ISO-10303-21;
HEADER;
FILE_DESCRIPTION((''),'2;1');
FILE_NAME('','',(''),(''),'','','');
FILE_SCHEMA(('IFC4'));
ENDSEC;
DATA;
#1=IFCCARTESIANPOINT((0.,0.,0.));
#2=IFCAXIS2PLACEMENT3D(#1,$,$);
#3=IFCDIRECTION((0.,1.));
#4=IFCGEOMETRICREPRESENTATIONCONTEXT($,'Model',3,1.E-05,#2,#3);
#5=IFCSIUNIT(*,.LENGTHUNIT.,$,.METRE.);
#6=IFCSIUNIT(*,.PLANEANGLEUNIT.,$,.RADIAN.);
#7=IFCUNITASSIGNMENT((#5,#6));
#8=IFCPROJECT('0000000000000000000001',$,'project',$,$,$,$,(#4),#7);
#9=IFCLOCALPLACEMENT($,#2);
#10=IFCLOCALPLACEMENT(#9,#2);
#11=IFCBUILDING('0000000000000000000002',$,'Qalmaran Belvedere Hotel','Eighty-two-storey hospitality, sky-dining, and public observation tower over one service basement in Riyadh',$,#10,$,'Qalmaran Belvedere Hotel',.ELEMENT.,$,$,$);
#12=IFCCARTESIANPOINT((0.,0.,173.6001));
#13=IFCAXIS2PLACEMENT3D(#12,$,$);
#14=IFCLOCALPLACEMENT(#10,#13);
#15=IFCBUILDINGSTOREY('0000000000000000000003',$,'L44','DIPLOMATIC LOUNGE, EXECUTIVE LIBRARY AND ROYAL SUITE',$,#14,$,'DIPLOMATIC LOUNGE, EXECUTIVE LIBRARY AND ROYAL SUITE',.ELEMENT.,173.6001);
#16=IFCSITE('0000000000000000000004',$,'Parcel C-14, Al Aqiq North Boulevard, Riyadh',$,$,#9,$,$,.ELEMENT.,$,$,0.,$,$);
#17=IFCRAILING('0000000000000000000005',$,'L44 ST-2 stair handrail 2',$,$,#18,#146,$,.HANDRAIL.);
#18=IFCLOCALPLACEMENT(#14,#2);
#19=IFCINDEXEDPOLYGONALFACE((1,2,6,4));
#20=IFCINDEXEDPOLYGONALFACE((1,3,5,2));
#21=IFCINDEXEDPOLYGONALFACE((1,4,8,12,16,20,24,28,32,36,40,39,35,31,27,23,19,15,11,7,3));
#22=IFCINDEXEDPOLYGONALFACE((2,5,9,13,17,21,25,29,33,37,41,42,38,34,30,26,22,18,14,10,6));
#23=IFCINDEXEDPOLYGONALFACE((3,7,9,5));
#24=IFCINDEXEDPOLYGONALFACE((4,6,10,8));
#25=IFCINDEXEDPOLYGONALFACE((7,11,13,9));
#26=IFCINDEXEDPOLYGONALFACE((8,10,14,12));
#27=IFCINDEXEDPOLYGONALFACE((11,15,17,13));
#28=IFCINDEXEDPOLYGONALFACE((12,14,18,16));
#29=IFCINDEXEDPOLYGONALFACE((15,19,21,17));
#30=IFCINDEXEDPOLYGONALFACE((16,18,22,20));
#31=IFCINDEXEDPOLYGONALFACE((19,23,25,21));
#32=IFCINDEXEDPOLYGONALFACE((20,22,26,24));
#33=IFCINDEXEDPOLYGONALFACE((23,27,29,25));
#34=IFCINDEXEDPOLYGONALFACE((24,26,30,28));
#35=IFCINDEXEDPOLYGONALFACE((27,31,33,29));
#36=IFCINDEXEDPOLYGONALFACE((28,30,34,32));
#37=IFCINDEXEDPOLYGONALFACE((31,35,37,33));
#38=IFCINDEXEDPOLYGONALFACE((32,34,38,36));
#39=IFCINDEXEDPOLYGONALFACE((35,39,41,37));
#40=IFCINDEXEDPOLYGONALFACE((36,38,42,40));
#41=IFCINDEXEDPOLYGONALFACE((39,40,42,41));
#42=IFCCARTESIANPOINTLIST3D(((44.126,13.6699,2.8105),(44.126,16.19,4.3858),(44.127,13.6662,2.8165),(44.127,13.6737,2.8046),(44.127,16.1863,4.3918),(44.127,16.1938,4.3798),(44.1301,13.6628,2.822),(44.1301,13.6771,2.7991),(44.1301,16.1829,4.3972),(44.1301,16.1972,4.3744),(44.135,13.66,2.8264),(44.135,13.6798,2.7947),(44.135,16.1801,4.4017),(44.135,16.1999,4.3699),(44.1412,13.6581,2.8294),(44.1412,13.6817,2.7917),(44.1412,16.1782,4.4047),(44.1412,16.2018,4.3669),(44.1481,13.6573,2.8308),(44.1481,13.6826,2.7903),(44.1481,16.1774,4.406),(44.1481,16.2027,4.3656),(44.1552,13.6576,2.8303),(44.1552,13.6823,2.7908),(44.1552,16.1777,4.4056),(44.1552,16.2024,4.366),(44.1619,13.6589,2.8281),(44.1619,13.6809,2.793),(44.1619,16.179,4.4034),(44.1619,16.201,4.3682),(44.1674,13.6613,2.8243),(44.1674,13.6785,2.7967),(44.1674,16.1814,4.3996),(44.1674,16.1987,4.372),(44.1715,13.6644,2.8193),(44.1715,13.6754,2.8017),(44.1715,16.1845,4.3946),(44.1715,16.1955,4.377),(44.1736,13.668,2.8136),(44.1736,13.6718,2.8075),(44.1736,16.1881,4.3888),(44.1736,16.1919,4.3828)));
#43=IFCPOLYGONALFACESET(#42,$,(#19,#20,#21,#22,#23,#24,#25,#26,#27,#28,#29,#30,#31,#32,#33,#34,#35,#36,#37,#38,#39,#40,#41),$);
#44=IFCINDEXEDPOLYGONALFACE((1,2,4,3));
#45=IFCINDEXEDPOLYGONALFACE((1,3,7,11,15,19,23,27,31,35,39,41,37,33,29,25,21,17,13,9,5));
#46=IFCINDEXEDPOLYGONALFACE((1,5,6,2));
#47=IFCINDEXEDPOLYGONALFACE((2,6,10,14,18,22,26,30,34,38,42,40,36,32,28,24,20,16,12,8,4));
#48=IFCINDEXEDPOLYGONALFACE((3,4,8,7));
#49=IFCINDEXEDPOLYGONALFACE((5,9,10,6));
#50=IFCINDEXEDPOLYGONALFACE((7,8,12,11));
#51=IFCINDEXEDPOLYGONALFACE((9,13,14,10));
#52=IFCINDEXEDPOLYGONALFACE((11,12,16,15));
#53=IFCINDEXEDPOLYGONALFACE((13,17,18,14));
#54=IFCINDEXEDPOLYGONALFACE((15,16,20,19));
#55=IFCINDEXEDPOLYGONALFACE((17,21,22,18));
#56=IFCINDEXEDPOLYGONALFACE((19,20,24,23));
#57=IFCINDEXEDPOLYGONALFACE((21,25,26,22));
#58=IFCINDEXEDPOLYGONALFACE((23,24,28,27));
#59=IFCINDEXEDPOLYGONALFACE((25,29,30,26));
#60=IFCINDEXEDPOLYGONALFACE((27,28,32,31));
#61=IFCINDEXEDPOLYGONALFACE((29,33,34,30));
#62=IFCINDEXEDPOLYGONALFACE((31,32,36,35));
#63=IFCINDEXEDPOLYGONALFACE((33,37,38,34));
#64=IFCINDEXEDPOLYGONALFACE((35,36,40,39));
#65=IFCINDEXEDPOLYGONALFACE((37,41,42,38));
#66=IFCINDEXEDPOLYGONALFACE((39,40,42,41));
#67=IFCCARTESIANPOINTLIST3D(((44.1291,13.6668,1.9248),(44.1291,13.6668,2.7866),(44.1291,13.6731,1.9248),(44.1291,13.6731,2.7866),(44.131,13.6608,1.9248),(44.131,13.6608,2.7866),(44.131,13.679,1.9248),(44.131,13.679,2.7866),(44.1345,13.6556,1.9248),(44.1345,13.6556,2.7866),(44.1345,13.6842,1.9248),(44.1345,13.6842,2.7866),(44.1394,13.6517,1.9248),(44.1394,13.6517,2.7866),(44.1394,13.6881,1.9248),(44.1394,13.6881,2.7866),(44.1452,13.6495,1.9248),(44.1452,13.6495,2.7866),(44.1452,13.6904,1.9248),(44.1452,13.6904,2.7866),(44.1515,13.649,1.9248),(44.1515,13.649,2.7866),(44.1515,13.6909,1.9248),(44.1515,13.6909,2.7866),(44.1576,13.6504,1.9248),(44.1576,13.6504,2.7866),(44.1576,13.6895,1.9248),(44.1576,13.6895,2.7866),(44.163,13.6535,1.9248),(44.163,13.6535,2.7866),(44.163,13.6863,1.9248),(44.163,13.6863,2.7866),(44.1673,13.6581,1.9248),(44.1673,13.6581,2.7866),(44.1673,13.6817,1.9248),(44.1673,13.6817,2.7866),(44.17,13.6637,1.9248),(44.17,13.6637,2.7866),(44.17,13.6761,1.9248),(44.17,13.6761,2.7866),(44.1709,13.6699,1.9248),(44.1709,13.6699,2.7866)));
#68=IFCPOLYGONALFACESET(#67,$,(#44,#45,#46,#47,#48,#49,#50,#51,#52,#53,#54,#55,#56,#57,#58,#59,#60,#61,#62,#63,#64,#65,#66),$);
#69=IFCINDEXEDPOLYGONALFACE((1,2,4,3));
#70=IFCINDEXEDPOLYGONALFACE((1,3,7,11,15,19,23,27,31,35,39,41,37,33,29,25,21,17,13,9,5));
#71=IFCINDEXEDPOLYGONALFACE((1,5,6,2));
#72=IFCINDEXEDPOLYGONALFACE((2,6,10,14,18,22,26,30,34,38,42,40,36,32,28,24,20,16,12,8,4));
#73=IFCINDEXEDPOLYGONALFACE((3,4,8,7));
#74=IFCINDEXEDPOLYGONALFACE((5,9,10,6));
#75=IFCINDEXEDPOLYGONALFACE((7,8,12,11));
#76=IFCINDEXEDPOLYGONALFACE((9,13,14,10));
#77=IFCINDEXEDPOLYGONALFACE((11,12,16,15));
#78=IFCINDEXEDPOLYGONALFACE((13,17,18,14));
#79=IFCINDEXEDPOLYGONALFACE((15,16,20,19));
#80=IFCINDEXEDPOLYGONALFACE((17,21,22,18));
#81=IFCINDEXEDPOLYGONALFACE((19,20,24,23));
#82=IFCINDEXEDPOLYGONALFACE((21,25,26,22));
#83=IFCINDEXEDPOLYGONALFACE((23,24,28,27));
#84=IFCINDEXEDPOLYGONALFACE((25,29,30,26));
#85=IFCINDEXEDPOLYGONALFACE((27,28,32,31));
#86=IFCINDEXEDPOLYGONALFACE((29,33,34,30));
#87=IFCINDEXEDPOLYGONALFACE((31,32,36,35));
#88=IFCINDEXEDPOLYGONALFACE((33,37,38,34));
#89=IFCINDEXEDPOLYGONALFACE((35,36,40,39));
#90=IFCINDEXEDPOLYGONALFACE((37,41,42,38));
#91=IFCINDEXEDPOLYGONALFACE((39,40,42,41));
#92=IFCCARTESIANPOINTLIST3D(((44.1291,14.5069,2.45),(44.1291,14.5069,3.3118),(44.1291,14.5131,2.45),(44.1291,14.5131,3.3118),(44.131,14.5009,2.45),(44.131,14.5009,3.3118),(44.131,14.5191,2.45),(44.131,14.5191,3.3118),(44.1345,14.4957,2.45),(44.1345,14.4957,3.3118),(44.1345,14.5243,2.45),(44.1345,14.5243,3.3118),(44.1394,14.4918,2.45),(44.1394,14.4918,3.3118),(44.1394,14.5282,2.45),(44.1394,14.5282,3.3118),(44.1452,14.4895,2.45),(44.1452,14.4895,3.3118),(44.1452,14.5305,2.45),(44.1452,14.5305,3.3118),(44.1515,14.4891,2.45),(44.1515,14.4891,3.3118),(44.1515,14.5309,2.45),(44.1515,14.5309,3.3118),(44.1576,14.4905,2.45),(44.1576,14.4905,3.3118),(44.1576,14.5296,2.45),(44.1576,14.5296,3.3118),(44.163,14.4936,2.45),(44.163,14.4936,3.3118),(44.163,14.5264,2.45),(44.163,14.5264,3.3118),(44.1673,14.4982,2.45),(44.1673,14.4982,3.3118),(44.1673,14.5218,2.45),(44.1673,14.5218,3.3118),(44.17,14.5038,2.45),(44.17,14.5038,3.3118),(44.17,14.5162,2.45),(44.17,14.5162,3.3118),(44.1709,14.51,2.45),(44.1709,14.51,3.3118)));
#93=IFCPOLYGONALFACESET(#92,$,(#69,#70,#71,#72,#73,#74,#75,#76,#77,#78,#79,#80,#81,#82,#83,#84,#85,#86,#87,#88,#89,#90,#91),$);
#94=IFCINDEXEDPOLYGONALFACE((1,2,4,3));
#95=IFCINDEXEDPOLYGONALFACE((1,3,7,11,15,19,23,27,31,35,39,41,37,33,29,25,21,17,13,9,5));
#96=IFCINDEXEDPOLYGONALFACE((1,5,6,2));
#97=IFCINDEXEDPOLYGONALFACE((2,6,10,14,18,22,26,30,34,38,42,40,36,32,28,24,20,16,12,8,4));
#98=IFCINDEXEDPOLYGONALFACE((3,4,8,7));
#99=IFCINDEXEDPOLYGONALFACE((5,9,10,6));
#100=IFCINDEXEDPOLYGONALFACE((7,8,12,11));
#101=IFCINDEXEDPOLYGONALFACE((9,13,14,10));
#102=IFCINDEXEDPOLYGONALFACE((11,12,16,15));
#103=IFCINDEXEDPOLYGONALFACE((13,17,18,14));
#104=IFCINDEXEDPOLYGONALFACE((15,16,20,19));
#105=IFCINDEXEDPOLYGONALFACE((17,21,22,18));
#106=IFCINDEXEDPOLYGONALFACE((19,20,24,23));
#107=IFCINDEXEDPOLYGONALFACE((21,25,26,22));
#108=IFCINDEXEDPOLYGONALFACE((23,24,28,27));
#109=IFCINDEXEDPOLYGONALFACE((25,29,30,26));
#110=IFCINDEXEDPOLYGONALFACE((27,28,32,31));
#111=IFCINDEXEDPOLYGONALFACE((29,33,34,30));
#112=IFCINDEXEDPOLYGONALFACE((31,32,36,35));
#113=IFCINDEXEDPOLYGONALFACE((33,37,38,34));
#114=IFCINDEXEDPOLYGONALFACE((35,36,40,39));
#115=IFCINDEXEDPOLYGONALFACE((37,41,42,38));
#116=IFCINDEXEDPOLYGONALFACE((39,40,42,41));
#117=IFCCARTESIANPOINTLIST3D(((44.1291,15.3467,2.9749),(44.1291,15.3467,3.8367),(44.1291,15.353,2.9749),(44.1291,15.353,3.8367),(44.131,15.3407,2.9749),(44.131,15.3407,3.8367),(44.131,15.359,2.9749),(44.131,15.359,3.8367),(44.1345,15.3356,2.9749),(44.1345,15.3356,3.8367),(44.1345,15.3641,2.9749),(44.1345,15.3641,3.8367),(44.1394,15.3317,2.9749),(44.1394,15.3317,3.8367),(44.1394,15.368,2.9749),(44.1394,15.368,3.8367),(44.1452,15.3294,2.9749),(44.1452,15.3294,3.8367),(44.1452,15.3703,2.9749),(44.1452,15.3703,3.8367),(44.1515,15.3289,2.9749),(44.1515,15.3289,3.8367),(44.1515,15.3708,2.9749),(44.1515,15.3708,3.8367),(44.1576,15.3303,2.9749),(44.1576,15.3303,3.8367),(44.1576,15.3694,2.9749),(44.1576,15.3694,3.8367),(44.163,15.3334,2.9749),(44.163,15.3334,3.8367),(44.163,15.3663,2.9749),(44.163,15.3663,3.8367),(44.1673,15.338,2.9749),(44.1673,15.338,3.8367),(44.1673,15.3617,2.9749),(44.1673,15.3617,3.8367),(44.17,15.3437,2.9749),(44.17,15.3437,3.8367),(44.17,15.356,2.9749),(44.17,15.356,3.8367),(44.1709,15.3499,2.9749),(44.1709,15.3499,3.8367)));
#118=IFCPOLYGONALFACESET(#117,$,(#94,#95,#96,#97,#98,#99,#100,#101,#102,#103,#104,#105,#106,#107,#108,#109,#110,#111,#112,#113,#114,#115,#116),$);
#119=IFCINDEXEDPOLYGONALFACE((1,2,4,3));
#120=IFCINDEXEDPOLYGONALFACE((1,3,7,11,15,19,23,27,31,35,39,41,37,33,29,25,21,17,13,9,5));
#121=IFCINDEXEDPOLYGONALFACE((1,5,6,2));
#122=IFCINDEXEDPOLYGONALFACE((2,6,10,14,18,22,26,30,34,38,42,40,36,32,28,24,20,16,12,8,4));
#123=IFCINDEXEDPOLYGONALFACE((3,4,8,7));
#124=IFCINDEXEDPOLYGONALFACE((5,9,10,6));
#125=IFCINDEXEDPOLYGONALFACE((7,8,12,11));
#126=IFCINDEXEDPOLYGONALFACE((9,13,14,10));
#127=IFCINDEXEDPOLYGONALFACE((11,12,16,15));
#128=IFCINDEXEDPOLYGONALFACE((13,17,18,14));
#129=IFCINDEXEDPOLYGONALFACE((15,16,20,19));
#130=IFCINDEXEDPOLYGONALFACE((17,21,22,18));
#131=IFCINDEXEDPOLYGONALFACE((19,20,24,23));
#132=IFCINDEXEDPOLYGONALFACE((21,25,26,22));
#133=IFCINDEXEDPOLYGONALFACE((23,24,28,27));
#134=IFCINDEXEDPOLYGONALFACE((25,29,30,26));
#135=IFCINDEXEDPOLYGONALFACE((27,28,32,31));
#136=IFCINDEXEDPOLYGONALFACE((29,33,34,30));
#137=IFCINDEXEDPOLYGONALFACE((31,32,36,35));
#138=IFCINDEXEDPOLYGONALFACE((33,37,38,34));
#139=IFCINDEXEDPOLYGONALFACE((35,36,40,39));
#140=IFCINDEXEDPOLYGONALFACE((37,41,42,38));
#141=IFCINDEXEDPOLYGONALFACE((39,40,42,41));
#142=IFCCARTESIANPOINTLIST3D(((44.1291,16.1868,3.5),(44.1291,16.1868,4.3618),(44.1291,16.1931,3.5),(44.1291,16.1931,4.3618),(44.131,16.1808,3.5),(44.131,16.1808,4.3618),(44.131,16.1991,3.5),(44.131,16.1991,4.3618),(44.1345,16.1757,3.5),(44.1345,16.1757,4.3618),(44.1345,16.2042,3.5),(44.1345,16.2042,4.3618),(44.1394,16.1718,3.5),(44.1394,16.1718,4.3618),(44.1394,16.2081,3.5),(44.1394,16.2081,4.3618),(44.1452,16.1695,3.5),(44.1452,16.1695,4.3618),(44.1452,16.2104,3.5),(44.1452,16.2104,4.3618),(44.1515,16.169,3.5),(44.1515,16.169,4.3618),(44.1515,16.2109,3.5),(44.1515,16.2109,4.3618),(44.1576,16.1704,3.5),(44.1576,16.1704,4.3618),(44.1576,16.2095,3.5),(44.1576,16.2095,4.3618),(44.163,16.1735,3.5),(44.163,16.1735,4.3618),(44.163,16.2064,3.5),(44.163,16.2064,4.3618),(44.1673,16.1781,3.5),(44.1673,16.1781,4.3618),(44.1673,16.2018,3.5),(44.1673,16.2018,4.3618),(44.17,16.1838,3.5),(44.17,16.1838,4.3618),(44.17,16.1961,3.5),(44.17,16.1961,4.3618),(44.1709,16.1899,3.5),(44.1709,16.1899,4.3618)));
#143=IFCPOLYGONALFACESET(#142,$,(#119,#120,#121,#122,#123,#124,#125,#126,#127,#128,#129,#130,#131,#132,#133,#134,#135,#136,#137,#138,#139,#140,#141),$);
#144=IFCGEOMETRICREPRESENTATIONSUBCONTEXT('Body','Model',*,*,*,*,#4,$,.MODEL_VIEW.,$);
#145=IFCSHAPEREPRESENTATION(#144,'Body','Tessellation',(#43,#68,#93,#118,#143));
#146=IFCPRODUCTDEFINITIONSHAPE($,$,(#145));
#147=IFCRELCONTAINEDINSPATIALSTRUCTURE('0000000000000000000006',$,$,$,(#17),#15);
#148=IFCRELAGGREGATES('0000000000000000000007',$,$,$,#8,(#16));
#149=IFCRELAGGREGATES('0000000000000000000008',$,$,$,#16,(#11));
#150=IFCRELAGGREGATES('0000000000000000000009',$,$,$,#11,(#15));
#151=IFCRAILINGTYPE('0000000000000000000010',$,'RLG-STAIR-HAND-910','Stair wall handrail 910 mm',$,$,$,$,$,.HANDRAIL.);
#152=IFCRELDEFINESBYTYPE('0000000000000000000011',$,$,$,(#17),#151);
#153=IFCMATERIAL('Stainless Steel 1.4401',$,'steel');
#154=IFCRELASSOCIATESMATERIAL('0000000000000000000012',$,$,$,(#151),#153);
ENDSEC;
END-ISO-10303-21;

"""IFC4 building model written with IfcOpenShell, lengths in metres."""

from ifc_helpers import new_model, si_unit, direction, frame, origin, origin_2d, place, context, subcontext, project, spatial, circle, extrude, material, type_object, element, save


model = new_model("IFC4")

# Units and contexts
model_context = context("Model", 3, precision=1e-05, world=origin(), true_north=direction((0.0, 1.0)))
body_context = subcontext(model_context, "Body", "Model", "MODEL_VIEW")
ifc_project = project(units=[si_unit("LENGTHUNIT", "METRE"), si_unit("PLANEANGLEUNIT", "RADIAN")], contexts=[model_context])

# Site, building, storey
site_placement = place(None, origin())
site = spatial("IfcSite", under=ifc_project, at=site_placement, Name="Parcel C-14, Al Aqiq North Boulevard, Riyadh", CompositionType="ELEMENT", RefElevation=0.0)
building_placement = place(site_placement, origin())
building = spatial("IfcBuilding", under=site, at=building_placement, Name="Qalmaran Belvedere Hotel", Description="Eighty-two-storey hospitality, sky-dining, and public observation tower over one service basement in Riyadh", LongName="Qalmaran Belvedere Hotel", CompositionType="ELEMENT")
storey_placement = place(building_placement, frame((0.0, 0.0, 173.6001)))
storey = spatial("IfcBuildingStorey", under=building, at=storey_placement, Name="L44", Description="DIPLOMATIC LOUNGE, EXECUTIVE LIBRARY AND ROYAL SUITE", LongName="DIPLOMATIC LOUNGE, EXECUTIVE LIBRARY AND ROYAL SUITE", CompositionType="ELEMENT", Elevation=173.6001)

# Railing
ifc_material_1 = material(Name="Stainless Steel 1.4401", Category="steel")
railing_type_1 = type_object("IfcRailingType", Name="RLG-STAIR-HAND-910", Description="Stair wall handrail 910 mm", PredefinedType="HANDRAIL", material=ifc_material_1)
railing_1_placement = place(storey_placement, frame((44.1499, 13.6699, 1.9248)))
element("IfcRailing", 1, at=railing_1_placement, inside=storey, type_object=railing_type_1, Name="L44 ST-2 stair handrail 2", PredefinedType="HANDRAIL", context=body_context, shape_type="SweptSolid", body=[
    extrude(circle(Radius=0.0239, at=origin_2d()), frame((0.0, 0.0, 0.8857), z_axis=(0.0, 0.847971, 0.530043), x_axis=(-1.0, 0.0, 0.0)), (0.0, 0.0, 1.0), 2.9719),
    extrude(circle(Radius=0.021, at=origin_2d()), origin(), (0.0, 0.0, 1.0), 0.8618),
    extrude(circle(Radius=0.021, at=origin_2d()), frame((0.0, 0.8401, 0.5251)), (0.0, 0.0, 1.0), 0.8618),
    extrude(circle(Radius=0.021, at=origin_2d()), frame((0.0, 1.6799, 1.05)), (0.0, 0.0, 1.0), 0.8618),
    extrude(circle(Radius=0.021, at=origin_2d()), frame((0.0, 2.52, 1.5752)), (0.0, 0.0, 1.0), 0.8618),
])

save(model, "model.ifc")
